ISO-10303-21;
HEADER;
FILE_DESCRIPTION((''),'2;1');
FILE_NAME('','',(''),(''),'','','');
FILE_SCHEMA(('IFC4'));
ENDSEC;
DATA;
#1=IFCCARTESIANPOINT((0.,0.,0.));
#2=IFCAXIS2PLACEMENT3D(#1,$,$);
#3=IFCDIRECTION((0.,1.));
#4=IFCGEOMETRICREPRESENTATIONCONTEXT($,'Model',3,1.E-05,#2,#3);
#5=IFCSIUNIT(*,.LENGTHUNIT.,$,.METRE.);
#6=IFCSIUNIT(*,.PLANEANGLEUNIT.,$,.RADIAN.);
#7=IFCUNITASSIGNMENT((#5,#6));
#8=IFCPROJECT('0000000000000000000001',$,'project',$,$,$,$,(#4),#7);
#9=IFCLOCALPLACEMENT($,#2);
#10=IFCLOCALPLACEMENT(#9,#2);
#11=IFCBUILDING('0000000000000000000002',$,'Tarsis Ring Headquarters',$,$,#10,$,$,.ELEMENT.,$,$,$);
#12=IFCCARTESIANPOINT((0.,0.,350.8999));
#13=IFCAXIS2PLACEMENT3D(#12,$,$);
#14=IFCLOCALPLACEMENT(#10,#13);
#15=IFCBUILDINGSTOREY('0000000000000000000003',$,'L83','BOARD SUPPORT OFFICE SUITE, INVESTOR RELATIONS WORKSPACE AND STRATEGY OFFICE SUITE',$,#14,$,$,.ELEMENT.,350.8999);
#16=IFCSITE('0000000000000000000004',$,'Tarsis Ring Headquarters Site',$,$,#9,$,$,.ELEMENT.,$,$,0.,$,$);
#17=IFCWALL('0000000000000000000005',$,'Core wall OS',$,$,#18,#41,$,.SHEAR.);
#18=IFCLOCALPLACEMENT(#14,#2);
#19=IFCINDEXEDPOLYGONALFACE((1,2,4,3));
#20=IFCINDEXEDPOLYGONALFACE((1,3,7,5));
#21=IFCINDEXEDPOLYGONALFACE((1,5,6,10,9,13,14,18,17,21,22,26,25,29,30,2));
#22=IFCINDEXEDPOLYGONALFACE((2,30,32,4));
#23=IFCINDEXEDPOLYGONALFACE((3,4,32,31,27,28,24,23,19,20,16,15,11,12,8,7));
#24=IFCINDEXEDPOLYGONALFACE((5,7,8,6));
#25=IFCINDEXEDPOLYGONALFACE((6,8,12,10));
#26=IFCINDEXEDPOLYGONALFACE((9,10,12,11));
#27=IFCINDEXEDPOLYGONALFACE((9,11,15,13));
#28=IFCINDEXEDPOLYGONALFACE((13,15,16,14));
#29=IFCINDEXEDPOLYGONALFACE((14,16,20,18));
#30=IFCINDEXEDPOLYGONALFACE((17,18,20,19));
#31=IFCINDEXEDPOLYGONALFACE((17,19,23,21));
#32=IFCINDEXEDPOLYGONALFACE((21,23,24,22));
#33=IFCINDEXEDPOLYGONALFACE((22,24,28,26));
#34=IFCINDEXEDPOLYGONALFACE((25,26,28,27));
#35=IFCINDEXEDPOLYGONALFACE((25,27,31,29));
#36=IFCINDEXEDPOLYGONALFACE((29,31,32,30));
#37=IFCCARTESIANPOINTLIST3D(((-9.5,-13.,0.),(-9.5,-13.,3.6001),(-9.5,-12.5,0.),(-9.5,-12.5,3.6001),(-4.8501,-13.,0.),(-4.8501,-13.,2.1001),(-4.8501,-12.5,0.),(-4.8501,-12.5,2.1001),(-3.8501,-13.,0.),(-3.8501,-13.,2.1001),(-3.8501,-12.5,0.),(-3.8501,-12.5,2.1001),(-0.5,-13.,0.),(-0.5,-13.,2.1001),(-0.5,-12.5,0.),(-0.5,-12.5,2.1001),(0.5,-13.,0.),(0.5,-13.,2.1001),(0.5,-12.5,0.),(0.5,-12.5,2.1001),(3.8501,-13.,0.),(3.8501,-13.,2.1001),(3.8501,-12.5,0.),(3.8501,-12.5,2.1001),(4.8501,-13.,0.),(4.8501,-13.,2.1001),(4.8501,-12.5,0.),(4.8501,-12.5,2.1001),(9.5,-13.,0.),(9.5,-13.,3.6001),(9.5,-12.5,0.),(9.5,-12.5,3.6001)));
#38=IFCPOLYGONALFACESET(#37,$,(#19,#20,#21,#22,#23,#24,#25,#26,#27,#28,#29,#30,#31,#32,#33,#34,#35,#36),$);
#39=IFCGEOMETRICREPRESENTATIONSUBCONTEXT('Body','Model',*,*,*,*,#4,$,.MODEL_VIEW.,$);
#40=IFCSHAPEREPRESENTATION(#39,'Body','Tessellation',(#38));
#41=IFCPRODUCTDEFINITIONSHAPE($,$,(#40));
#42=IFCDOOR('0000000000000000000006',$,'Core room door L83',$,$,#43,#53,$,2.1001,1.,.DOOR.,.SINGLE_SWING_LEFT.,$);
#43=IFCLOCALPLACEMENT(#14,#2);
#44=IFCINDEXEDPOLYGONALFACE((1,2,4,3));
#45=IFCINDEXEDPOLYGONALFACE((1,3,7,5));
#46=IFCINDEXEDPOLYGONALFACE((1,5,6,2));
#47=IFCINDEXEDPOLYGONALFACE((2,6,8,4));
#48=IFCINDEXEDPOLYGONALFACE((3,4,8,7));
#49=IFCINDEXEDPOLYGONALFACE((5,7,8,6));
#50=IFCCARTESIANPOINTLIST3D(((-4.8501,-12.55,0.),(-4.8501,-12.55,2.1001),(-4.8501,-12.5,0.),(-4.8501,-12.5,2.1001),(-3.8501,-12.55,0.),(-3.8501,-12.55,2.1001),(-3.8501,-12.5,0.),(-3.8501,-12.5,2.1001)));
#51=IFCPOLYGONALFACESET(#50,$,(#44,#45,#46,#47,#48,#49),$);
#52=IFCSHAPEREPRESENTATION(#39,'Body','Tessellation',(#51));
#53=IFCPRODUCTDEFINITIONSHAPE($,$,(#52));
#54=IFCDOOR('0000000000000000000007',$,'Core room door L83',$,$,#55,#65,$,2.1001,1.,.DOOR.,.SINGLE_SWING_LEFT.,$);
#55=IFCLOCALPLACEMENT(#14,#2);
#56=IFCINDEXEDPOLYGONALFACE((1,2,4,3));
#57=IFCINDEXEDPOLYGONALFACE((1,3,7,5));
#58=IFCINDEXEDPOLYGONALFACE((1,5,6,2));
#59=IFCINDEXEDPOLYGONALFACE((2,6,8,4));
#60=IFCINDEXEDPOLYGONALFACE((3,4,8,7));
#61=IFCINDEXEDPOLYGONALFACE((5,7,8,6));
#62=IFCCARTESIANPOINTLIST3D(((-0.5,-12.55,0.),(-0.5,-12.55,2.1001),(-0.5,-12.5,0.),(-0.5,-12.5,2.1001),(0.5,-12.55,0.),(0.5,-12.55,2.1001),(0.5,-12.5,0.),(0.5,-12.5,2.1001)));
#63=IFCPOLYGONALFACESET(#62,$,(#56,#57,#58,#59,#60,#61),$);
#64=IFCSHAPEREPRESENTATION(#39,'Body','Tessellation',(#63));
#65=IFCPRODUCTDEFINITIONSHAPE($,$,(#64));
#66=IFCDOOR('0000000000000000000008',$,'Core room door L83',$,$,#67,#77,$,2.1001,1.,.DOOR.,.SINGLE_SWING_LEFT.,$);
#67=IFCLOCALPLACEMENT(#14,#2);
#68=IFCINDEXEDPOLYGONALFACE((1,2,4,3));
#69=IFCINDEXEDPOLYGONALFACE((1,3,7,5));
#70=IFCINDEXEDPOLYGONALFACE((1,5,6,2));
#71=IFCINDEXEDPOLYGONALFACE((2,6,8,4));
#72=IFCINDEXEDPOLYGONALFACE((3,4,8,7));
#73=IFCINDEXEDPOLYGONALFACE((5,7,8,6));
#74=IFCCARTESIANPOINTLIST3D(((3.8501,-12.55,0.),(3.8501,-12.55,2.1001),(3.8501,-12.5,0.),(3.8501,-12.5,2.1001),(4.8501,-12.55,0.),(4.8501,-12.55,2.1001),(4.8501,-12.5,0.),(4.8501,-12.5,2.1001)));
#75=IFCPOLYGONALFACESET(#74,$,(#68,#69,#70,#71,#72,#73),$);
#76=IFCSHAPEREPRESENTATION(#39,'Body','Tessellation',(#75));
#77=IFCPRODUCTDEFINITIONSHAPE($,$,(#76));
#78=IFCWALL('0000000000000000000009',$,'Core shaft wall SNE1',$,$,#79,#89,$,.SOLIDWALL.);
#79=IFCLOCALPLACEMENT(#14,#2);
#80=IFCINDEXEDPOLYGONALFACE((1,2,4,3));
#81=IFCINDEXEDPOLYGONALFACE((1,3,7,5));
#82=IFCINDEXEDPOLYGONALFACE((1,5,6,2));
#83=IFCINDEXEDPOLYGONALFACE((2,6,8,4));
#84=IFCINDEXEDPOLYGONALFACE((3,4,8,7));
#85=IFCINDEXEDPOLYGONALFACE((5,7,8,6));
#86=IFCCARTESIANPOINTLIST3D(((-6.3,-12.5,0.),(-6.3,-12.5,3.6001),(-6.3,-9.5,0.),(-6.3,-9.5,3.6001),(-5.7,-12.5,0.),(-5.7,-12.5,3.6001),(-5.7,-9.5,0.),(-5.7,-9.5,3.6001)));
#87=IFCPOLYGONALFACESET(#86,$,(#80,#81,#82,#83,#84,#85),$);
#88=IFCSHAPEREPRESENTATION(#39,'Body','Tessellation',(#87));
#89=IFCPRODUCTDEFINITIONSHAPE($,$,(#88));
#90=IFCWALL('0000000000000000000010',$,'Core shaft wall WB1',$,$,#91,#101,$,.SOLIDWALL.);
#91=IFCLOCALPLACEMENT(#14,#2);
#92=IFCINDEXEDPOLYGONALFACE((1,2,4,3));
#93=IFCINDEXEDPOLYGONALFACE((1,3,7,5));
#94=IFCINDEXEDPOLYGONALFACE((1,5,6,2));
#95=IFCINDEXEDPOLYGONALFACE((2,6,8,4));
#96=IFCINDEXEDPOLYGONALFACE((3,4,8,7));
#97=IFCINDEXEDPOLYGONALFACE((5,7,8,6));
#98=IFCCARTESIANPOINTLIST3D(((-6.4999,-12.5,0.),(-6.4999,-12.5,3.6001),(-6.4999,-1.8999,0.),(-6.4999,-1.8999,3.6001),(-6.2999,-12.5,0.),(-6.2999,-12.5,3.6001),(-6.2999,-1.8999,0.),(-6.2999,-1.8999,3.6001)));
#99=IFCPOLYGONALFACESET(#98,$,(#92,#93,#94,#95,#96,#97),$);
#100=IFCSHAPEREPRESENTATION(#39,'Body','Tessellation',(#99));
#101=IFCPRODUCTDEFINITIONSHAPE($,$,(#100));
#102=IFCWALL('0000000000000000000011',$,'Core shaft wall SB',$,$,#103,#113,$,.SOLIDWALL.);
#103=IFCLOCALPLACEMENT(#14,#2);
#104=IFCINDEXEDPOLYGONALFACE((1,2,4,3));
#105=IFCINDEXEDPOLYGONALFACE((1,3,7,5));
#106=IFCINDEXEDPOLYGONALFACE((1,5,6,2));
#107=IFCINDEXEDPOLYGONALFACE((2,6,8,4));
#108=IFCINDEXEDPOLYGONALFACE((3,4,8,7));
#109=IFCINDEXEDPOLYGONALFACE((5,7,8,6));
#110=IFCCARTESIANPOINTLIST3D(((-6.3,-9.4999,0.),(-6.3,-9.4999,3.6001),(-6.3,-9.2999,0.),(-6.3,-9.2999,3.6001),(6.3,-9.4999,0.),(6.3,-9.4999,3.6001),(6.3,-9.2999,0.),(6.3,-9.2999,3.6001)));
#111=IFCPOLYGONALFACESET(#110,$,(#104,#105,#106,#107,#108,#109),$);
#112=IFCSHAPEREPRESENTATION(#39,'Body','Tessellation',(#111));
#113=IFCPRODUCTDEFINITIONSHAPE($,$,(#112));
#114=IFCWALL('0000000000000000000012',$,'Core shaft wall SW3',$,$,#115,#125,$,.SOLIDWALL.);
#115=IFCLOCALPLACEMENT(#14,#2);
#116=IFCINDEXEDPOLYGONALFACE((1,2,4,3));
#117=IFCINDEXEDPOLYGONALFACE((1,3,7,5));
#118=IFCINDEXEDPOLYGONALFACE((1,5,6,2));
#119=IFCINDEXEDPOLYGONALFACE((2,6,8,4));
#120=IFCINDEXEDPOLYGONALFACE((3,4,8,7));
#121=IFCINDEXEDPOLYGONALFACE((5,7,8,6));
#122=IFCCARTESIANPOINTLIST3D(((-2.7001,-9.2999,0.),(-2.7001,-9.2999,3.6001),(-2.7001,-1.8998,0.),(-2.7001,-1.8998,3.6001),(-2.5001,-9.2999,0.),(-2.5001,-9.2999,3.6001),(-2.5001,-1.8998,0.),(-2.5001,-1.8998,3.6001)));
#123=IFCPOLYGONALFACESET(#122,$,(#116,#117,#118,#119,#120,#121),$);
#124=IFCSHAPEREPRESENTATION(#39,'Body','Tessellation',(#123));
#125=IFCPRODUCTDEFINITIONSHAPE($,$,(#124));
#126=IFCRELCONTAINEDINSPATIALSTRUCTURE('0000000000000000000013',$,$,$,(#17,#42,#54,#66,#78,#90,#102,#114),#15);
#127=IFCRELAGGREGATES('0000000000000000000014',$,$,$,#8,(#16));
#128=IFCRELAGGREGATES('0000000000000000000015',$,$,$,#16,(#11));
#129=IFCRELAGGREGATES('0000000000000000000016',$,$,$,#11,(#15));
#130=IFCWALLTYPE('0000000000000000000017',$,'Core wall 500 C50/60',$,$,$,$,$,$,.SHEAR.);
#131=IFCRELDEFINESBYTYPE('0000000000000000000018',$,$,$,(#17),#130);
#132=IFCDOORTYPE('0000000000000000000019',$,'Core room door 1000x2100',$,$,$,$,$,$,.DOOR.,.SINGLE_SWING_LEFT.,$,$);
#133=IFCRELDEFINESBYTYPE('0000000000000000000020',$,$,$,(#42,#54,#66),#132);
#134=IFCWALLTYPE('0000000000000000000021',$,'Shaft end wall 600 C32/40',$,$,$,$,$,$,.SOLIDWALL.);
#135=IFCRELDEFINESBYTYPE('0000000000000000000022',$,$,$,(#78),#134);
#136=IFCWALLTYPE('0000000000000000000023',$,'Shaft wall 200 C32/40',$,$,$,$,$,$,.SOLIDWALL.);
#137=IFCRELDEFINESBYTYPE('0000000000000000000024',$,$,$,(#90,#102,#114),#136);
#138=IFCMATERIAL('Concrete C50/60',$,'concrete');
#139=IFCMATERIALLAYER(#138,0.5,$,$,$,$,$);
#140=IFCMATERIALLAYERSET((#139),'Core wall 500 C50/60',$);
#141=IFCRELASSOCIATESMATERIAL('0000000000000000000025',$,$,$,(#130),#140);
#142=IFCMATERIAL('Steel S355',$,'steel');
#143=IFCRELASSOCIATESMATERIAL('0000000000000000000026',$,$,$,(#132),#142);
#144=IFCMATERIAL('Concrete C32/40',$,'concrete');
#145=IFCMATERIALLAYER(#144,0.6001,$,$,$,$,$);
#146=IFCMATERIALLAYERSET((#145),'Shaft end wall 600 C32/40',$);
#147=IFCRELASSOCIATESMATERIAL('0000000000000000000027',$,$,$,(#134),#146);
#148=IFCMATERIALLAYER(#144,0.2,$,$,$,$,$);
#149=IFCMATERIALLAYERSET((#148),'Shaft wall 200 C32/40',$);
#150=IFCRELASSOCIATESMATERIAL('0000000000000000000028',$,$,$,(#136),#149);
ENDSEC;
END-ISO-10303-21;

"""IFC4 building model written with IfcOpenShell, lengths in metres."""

from ifc_helpers import new_model, si_unit, direction, frame, frame_2d, origin, place, context, subcontext, project, spatial, rectangle, extrude, material, layer, layer_set, type_object, element, fill, save


model = new_model("IFC4")

# Units and contexts
model_context = context("Model", 3, precision=1e-05, world=origin(), true_north=direction((0.0, 1.0)))
body_context = subcontext(model_context, "Body", "Model", "MODEL_VIEW")
ifc_project = project(units=[si_unit("LENGTHUNIT", "METRE"), si_unit("PLANEANGLEUNIT", "RADIAN")], contexts=[model_context])

# Site, building, storey
site_placement = place(None, origin())
site = spatial("IfcSite", under=ifc_project, at=site_placement, Name="Tarsis Ring Headquarters Site", CompositionType="ELEMENT", RefElevation=0.0)
building_placement = place(site_placement, origin())
building = spatial("IfcBuilding", under=site, at=building_placement, Name="Tarsis Ring Headquarters", CompositionType="ELEMENT")
storey_placement = place(building_placement, frame((0.0, 0.0, 350.8999)))
storey = spatial("IfcBuildingStorey", under=building, at=storey_placement, Name="L83", Description="BOARD SUPPORT OFFICE SUITE, INVESTOR RELATIONS WORKSPACE AND STRATEGY OFFICE SUITE", CompositionType="ELEMENT", Elevation=350.8999)

# Wall, openings, doors
ifc_material_1 = material(Name="Concrete C50/60", Category="concrete")
ifc_layer_1 = layer(ifc_material_1, 0.5)
ifc_layer_set_1 = layer_set([ifc_layer_1], Name="Core wall 500 C50/60")
wall_type_1 = type_object("IfcWallType", Name="Core wall 500 C50/60", PredefinedType="SHEAR", material=ifc_layer_set_1)
ifc_material_2 = material(Name="Steel S355", Category="steel")
door_type_1 = type_object("IfcDoorType", Name="Core room door 1000x2100", OperationType="SINGLE_SWING_LEFT", PredefinedType="DOOR", material=ifc_material_2)
wall_1_placement = place(storey_placement, frame((-9.5, -12.75, 0.0), z_axis=(0.0, 0.0, 1.0), x_axis=(1.0, 0.0, 0.0)))
wall_1 = element("IfcWall", 1, at=wall_1_placement, inside=storey, type_object=wall_type_1, Name="Core wall OS", PredefinedType="SHEAR", context=body_context, shape_type="SweptSolid", body=[
    extrude(rectangle(XDim=19.0, YDim=0.5, at=frame_2d((9.5, 0.0))), origin(), (0.0, 0.0, 1.0), 3.6001),
])
opening_1_placement = place(wall_1_placement, frame((4.6499, 0.0, 0.0)))
opening_1 = element("IfcOpeningElement", 2, at=opening_1_placement, cuts=wall_1, PredefinedType="OPENING", context=body_context, shape_type="SweptSolid", body=[
    extrude(rectangle(XDim=1.0, YDim=2.1001, at=frame_2d((0.5, 1.05))), frame((0.0, 0.26, 0.0), z_axis=(0.0, -1.0, 0.0), x_axis=(1.0, 0.0, 0.0)), (0.0, 0.0, 1.0), 0.52),
])
opening_2_placement = place(wall_1_placement, frame((9.0, 0.0, 0.0)))
opening_2 = element("IfcOpeningElement", 3, at=opening_2_placement, cuts=wall_1, PredefinedType="OPENING", context=body_context, shape_type="SweptSolid", body=[
    extrude(rectangle(XDim=1.0, YDim=2.1001, at=frame_2d((0.5, 1.05))), frame((0.0, 0.26, 0.0), z_axis=(0.0, -1.0, 0.0), x_axis=(1.0, 0.0, 0.0)), (0.0, 0.0, 1.0), 0.52),
])
opening_3_placement = place(wall_1_placement, frame((13.3501, 0.0, 0.0)))
opening_3 = element("IfcOpeningElement", 4, at=opening_3_placement, cuts=wall_1, PredefinedType="OPENING", context=body_context, shape_type="SweptSolid", body=[
    extrude(rectangle(XDim=1.0, YDim=2.1001, at=frame_2d((0.5, 1.05))), frame((0.0, 0.26, 0.0), z_axis=(0.0, -1.0, 0.0), x_axis=(1.0, 0.0, 0.0)), (0.0, 0.0, 1.0), 0.52),
])
door_1_placement = place(opening_1_placement, origin())
door_1 = element("IfcDoor", 5, at=door_1_placement, inside=storey, type_object=door_type_1, Name="Core room door L83", OperationType="SINGLE_SWING_LEFT", OverallHeight=2.1001, OverallWidth=1.0, PredefinedType="DOOR", context=body_context, shape_type="SweptSolid", body=[
    extrude(rectangle(XDim=1.0, YDim=2.1001, at=frame_2d((0.5, 1.05))), frame((0.0, 0.25, 0.0), z_axis=(0.0, -1.0, 0.0), x_axis=(1.0, 0.0, 0.0)), (0.0, 0.0, 1.0), 0.05),
])
fill(opening_1, door_1)
door_2_placement = place(opening_2_placement, origin())
door_2 = element("IfcDoor", 6, at=door_2_placement, inside=storey, type_object=door_type_1, Name="Core room door L83", OperationType="SINGLE_SWING_LEFT", OverallHeight=2.1001, OverallWidth=1.0, PredefinedType="DOOR", context=body_context, shape_type="SweptSolid", body=[
    extrude(rectangle(XDim=1.0, YDim=2.1001, at=frame_2d((0.5, 1.05))), frame((0.0, 0.25, 0.0), z_axis=(0.0, -1.0, 0.0), x_axis=(1.0, 0.0, 0.0)), (0.0, 0.0, 1.0), 0.05),
])
fill(opening_2, door_2)
door_3_placement = place(opening_3_placement, origin())
door_3 = element("IfcDoor", 7, at=door_3_placement, inside=storey, type_object=door_type_1, Name="Core room door L83", OperationType="SINGLE_SWING_LEFT", OverallHeight=2.1001, OverallWidth=1.0, PredefinedType="DOOR", context=body_context, shape_type="SweptSolid", body=[
    extrude(rectangle(XDim=1.0, YDim=2.1001, at=frame_2d((0.5, 1.05))), frame((0.0, 0.25, 0.0), z_axis=(0.0, -1.0, 0.0), x_axis=(1.0, 0.0, 0.0)), (0.0, 0.0, 1.0), 0.05),
])
fill(opening_3, door_3)

# Walls
ifc_material_3 = material(Name="Concrete C32/40", Category="concrete")
ifc_layer_2 = layer(ifc_material_3, 0.6001)
ifc_layer_set_2 = layer_set([ifc_layer_2], Name="Shaft end wall 600 C32/40")
wall_type_2 = type_object("IfcWallType", Name="Shaft end wall 600 C32/40", PredefinedType="SOLIDWALL", material=ifc_layer_set_2)
wall_2_placement = place(storey_placement, frame((-6.0, -12.5, 0.0), z_axis=(0.0, 0.0, 1.0), x_axis=(0.0, 1.0, 0.0)))
element("IfcWall", 8, at=wall_2_placement, inside=storey, type_object=wall_type_2, Name="Core shaft wall SNE1", PredefinedType="SOLIDWALL", context=body_context, shape_type="SweptSolid", body=[
    extrude(rectangle(XDim=3.0, YDim=0.6001, at=frame_2d((1.5, 0.0))), origin(), (0.0, 0.0, 1.0), 3.6001),
])
ifc_layer_3 = layer(ifc_material_3, 0.2)
ifc_layer_set_3 = layer_set([ifc_layer_3], Name="Shaft wall 200 C32/40")
wall_type_3 = type_object("IfcWallType", Name="Shaft wall 200 C32/40", PredefinedType="SOLIDWALL", material=ifc_layer_set_3)
wall_3_placement = place(storey_placement, frame((-6.3999, -12.5, 0.0), z_axis=(0.0, 0.0, 1.0), x_axis=(0.0, 1.0, 0.0)))
element("IfcWall", 9, at=wall_3_placement, inside=storey, type_object=wall_type_3, Name="Core shaft wall WB1", PredefinedType="SOLIDWALL", context=body_context, shape_type="SweptSolid", body=[
    extrude(rectangle(XDim=10.6001, YDim=0.2, at=frame_2d((5.3, 0.0))), origin(), (0.0, 0.0, 1.0), 3.6001),
])
wall_4_placement = place(storey_placement, frame((-6.3, -9.3999, 0.0), z_axis=(0.0, 0.0, 1.0), x_axis=(1.0, 0.0, 0.0)))
element("IfcWall", 10, at=wall_4_placement, inside=storey, type_object=wall_type_3, Name="Core shaft wall SB", PredefinedType="SOLIDWALL", context=body_context, shape_type="SweptSolid", body=[
    extrude(rectangle(XDim=12.6001, YDim=0.2, at=frame_2d((6.3, 0.0))), origin(), (0.0, 0.0, 1.0), 3.6001),
])
wall_5_placement = place(storey_placement, frame((-2.6001, -9.3, 0.0), z_axis=(0.0, 0.0, 1.0), x_axis=(0.0, 1.0, 0.0)))
element("IfcWall", 11, at=wall_5_placement, inside=storey, type_object=wall_type_3, Name="Core shaft wall SW3", PredefinedType="SOLIDWALL", context=body_context, shape_type="SweptSolid", body=[
    extrude(rectangle(XDim=7.4001, YDim=0.2, at=frame_2d((3.7002, 0.0))), origin(), (0.0, 0.0, 1.0), 3.6001),
])

save(model, "model.ifc")
